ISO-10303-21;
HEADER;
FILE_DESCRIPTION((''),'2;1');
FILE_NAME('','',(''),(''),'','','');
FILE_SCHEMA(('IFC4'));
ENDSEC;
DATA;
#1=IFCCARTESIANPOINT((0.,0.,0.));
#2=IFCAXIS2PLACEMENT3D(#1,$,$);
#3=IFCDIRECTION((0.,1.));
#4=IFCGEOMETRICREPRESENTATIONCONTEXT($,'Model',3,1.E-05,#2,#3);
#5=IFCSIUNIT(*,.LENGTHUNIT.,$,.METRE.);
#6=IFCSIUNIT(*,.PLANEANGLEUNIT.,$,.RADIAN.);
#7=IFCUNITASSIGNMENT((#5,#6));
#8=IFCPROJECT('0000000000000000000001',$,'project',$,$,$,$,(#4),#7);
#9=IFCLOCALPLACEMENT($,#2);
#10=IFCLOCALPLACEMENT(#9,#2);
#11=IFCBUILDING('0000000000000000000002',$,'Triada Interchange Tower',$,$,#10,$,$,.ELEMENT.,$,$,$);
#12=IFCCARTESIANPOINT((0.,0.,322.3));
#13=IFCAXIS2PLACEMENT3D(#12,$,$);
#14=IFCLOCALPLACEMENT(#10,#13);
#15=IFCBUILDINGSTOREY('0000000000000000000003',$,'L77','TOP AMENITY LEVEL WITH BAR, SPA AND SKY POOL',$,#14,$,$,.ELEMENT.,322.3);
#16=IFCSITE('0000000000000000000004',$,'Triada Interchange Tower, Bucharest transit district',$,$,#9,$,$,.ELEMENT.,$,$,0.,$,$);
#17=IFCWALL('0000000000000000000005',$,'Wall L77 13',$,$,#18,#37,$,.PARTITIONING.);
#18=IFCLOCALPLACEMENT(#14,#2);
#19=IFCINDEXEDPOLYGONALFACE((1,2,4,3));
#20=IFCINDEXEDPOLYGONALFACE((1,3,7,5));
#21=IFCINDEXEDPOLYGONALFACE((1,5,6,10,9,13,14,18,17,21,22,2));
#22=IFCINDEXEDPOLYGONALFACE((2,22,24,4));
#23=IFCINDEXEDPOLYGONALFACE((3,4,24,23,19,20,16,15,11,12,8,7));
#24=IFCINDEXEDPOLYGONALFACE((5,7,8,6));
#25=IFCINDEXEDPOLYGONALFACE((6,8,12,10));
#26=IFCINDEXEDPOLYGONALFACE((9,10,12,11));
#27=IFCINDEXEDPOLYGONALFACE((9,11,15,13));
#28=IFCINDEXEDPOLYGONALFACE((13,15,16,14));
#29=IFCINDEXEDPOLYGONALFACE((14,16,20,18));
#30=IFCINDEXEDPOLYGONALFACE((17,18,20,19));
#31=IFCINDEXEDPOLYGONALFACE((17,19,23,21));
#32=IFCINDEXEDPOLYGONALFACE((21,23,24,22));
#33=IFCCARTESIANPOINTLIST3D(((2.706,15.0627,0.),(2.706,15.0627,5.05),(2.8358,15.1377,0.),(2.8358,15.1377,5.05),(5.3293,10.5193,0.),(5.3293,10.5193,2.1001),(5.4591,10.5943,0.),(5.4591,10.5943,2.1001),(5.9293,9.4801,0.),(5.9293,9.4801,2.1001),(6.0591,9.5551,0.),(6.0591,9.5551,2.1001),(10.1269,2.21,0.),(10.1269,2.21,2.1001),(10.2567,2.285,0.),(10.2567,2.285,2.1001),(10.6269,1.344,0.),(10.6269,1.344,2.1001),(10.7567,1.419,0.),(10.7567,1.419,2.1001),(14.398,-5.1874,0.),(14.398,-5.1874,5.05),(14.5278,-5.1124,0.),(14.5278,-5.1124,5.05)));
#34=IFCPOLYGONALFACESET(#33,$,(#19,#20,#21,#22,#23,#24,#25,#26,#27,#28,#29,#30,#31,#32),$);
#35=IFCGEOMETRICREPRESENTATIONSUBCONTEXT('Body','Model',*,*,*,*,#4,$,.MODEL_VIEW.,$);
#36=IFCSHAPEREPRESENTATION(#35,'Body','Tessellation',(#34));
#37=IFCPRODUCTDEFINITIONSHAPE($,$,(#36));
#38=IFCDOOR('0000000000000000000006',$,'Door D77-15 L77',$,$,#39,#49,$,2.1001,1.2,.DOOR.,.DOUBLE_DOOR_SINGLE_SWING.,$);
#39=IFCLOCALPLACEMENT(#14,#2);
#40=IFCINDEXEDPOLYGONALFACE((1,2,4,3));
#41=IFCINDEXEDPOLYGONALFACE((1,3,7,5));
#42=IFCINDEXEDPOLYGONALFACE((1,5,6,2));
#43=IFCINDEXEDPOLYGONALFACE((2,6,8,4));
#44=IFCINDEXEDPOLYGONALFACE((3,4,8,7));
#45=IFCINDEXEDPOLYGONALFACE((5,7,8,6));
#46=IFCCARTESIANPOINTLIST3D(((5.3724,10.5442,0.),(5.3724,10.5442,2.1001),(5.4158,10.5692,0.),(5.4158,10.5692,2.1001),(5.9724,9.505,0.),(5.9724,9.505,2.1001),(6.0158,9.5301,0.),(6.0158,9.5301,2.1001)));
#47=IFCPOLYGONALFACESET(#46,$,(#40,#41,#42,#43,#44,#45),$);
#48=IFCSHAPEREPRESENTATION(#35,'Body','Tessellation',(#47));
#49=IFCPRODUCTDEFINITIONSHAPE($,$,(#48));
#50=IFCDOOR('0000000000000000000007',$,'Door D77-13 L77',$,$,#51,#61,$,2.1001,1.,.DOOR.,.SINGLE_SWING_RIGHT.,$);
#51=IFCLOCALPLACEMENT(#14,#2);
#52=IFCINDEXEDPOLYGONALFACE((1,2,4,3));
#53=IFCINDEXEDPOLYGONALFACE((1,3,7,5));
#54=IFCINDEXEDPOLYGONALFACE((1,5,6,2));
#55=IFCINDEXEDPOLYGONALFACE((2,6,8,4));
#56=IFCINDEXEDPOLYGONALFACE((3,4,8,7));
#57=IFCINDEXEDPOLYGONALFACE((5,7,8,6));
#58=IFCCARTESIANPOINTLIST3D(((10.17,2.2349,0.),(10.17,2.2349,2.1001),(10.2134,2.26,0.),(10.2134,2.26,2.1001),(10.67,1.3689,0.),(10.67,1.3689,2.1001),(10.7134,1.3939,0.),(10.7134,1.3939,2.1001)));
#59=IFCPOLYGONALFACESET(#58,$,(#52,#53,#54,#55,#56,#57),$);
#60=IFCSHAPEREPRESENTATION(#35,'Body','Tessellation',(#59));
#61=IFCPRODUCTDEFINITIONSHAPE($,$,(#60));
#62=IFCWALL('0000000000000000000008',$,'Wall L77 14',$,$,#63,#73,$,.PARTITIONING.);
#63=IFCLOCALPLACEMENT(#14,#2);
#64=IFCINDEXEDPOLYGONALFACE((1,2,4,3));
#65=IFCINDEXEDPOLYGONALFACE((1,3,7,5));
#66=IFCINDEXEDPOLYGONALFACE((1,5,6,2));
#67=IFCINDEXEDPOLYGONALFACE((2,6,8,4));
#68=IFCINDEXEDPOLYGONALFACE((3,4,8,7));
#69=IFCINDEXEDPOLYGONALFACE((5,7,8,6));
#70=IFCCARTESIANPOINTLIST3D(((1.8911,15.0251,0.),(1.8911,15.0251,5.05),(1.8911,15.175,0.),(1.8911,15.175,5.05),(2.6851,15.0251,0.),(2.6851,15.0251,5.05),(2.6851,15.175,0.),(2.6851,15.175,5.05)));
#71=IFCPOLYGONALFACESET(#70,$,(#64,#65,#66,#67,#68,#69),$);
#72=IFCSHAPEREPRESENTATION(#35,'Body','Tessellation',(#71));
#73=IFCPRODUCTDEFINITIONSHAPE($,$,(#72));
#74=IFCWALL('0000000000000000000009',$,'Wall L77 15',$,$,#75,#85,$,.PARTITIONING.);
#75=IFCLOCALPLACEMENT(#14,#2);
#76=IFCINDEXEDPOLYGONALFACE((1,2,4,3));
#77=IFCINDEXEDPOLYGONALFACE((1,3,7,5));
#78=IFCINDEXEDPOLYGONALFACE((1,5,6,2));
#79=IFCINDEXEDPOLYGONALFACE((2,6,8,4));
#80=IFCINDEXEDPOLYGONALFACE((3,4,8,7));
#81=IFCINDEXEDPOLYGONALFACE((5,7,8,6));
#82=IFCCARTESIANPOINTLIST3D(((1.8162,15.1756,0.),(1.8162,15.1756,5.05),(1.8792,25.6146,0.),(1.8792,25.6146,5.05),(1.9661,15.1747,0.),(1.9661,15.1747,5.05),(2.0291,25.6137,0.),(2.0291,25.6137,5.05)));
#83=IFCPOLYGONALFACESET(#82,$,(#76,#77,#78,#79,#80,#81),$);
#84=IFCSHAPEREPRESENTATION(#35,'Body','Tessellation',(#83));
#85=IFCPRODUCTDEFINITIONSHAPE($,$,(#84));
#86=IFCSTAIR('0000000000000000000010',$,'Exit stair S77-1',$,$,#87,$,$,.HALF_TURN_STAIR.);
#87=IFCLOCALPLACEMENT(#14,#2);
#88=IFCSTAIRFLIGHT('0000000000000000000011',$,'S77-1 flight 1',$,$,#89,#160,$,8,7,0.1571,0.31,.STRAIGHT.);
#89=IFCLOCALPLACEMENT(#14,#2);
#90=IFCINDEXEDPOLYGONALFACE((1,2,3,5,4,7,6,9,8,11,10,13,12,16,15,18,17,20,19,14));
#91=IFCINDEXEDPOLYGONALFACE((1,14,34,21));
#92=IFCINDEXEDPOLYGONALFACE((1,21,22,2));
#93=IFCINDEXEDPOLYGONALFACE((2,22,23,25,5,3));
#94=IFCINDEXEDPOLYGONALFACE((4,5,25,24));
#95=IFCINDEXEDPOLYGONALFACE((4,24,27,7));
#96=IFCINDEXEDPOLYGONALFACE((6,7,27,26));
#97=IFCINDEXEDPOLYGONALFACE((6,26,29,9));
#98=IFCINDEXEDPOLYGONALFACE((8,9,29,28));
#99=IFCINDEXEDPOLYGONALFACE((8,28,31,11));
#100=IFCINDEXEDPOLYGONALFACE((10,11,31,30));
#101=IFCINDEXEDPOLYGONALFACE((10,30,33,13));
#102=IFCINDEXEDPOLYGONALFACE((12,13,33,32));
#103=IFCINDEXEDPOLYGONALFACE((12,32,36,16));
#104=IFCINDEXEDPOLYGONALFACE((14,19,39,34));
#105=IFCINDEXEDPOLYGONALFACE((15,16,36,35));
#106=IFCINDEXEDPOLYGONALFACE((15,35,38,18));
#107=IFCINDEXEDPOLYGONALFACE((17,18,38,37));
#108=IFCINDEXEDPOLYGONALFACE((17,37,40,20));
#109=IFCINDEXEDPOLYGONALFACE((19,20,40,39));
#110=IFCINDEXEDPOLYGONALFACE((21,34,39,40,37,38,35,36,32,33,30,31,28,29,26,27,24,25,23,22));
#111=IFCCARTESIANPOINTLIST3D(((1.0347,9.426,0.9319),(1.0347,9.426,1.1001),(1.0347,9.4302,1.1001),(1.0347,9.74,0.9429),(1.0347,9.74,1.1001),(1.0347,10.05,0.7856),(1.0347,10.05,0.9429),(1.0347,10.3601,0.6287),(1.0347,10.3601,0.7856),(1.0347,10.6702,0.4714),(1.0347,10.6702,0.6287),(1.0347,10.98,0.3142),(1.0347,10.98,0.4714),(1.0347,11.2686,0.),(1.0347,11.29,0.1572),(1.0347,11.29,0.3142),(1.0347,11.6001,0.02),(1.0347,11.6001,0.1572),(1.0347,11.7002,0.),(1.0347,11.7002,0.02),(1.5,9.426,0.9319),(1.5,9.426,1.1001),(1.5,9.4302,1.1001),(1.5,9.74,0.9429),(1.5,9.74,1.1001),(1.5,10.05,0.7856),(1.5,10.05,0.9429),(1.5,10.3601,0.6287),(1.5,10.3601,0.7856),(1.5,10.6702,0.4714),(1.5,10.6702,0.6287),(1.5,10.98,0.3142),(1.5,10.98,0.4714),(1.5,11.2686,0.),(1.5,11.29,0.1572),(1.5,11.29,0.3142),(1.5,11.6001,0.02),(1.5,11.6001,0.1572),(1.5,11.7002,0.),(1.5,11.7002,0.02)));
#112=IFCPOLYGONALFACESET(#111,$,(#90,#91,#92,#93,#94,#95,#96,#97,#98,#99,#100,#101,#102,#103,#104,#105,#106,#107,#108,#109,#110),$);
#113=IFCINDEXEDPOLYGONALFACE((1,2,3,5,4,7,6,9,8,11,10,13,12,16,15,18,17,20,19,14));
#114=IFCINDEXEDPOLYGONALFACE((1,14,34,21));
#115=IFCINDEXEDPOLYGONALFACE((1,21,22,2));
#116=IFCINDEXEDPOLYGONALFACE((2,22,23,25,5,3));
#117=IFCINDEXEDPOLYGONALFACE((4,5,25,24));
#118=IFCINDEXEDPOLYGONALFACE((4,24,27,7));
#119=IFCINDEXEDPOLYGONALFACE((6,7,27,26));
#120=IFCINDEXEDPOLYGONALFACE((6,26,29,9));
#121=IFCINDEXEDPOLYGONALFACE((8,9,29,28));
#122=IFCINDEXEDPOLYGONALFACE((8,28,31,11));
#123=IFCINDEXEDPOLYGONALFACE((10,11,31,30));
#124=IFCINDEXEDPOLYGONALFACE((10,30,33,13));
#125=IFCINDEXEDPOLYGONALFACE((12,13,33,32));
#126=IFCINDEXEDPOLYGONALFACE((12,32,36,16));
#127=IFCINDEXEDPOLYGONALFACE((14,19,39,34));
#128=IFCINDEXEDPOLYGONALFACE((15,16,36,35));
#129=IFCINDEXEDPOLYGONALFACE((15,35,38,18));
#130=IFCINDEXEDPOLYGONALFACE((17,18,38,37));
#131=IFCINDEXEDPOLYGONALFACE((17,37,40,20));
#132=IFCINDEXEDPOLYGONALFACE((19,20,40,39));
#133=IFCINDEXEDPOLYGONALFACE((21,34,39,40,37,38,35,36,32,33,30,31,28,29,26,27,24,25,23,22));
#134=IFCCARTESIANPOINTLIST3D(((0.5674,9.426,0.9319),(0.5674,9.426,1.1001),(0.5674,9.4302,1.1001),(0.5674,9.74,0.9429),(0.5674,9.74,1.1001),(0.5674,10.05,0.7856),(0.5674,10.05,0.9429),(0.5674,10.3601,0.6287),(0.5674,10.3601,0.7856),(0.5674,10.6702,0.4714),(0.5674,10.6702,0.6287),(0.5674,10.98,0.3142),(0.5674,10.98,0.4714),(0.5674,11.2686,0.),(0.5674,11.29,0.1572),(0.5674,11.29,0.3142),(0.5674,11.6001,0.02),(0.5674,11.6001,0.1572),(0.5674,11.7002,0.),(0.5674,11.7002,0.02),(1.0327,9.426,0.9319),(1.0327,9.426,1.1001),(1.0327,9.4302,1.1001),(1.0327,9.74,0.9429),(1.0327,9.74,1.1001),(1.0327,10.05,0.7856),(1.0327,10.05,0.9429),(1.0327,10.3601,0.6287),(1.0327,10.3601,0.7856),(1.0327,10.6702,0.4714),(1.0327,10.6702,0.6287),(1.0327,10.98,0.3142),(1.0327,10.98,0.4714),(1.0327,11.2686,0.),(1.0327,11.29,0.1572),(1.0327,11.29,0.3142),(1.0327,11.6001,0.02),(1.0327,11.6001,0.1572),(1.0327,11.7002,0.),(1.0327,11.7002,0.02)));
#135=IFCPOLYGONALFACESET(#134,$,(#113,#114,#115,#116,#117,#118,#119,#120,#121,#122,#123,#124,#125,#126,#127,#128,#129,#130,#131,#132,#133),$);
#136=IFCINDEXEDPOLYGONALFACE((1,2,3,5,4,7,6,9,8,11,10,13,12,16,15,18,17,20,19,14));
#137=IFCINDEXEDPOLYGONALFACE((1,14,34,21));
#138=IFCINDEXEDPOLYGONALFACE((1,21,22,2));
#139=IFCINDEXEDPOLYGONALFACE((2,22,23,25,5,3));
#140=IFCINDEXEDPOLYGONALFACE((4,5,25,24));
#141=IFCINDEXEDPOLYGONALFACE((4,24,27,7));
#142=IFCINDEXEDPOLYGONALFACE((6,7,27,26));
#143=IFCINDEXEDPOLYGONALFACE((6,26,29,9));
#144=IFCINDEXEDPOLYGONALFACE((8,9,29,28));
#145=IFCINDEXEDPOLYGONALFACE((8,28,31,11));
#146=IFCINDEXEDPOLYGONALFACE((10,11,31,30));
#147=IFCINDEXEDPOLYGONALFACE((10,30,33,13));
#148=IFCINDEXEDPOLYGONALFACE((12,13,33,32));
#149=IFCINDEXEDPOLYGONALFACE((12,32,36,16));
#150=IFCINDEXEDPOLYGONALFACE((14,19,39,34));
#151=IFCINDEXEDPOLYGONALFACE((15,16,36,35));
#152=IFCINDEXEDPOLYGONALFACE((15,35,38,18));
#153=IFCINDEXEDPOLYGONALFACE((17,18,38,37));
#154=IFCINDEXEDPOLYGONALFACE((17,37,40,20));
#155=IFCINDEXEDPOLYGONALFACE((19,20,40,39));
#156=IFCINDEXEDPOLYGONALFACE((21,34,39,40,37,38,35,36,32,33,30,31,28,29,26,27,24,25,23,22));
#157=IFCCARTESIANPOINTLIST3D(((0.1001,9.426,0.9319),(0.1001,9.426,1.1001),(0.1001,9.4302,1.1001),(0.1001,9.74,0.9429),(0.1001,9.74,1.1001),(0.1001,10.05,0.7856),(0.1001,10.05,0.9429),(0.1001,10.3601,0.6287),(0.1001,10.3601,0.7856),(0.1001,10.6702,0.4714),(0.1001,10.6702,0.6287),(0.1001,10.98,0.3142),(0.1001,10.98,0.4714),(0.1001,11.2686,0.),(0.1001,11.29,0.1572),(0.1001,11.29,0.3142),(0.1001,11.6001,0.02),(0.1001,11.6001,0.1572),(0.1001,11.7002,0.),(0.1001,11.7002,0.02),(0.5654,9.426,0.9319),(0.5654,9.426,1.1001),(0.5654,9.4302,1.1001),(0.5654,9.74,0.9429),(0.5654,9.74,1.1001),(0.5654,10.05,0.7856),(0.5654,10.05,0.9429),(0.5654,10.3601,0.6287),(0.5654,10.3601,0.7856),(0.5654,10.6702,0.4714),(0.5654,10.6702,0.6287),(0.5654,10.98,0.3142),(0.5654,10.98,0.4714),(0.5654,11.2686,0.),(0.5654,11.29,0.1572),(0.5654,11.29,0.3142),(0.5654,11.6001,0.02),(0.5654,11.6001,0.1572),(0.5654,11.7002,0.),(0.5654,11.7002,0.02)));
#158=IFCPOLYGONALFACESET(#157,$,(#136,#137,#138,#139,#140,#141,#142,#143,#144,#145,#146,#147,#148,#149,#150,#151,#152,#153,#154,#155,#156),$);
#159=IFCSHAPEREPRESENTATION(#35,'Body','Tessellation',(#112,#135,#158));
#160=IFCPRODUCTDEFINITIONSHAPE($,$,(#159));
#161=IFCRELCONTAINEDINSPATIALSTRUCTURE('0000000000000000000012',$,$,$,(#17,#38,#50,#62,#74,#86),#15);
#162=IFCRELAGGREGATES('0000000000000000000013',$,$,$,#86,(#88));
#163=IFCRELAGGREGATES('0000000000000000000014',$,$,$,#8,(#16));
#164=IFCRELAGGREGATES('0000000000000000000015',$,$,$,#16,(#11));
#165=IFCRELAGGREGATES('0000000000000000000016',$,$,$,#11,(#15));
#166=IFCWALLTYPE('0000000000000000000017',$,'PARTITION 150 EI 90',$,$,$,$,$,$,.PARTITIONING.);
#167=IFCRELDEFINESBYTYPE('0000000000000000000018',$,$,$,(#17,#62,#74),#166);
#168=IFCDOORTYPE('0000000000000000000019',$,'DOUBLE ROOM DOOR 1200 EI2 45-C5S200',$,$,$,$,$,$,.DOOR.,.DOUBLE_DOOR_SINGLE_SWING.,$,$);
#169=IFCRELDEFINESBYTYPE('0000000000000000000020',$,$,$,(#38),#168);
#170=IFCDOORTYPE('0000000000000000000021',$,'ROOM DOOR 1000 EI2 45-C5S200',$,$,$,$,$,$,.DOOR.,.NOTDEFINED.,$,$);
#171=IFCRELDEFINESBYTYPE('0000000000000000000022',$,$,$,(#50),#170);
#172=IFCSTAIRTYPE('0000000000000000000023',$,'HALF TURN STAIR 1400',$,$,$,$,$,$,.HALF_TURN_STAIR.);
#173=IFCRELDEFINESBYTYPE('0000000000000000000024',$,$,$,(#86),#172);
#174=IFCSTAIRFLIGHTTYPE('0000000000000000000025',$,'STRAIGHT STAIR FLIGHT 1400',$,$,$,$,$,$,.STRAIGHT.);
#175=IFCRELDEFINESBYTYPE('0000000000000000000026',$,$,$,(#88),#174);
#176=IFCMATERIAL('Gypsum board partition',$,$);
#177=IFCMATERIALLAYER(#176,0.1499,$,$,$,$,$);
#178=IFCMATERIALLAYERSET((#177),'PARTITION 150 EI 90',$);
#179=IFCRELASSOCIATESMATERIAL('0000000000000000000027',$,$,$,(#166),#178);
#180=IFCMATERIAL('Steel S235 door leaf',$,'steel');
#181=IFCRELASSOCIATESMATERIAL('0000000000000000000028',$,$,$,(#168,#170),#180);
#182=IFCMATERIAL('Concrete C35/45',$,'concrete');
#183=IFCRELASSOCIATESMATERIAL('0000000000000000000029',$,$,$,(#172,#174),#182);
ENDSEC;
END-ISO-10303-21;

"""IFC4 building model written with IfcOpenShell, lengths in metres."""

from ifc_helpers import new_model, si_unit, direction, frame, frame_2d, origin, place, context, subcontext, project, spatial, polyline, rectangle, outline, extrude, material, layer, layer_set, type_object, element, fill, aggregate, save


model = new_model("IFC4")

# Units and contexts
model_context = context("Model", 3, precision=1e-05, world=origin(), true_north=direction((0.0, 1.0)))
body_context = subcontext(model_context, "Body", "Model", "MODEL_VIEW")
ifc_project = project(units=[si_unit("LENGTHUNIT", "METRE"), si_unit("PLANEANGLEUNIT", "RADIAN")], contexts=[model_context])

# Site, building, storey
site_placement = place(None, origin())
site = spatial("IfcSite", under=ifc_project, at=site_placement, Name="Triada Interchange Tower, Bucharest transit district", CompositionType="ELEMENT", RefElevation=0.0)
building_placement = place(site_placement, origin())
building = spatial("IfcBuilding", under=site, at=building_placement, Name="Triada Interchange Tower", CompositionType="ELEMENT")
storey_placement = place(building_placement, frame((0.0, 0.0, 322.3)))
storey = spatial("IfcBuildingStorey", under=building, at=storey_placement, Name="L77", Description="TOP AMENITY LEVEL WITH BAR, SPA AND SKY POOL", CompositionType="ELEMENT", Elevation=322.3)

# Shared definitions
ifc_material_1 = material(Name="Concrete C35/45", Category="concrete")

# Shared definitions
ifc_material_2 = material(Name="Steel S235 door leaf", Category="steel")

# Wall, openings, doors
ifc_material_3 = material(Name="Gypsum board partition")
ifc_layer_1 = layer(ifc_material_3, 0.1499)
ifc_layer_set_1 = layer_set([ifc_layer_1], Name="PARTITION 150 EI 90")
wall_type_1 = type_object("IfcWallType", Name="PARTITION 150 EI 90", PredefinedType="PARTITIONING", material=ifc_layer_set_1)
wall_1_placement = place(storey_placement, frame((2.771, 15.1001, 0.0), z_axis=(0.0, 0.0, 1.0), x_axis=(0.500018, -0.866015, 0.0)))
wall_1 = element("IfcWall", 1, at=wall_1_placement, inside=storey, type_object=wall_type_1, Name="Wall L77 13", PredefinedType="PARTITIONING", context=body_context, shape_type="SweptSolid", body=[
    extrude(rectangle(XDim=23.3831, YDim=0.1499, at=frame_2d((11.6914, 0.0))), origin(), (0.0, 0.0, 1.0), 5.05),
])
opening_1_placement = place(wall_1_placement, frame((14.8411, 0.0, 0.0)))
opening_1 = element("IfcOpeningElement", 2, at=opening_1_placement, cuts=wall_1, PredefinedType="OPENING", context=body_context, shape_type="SweptSolid", body=[
    extrude(rectangle(XDim=1.0, YDim=2.1001, at=frame_2d((0.5, 1.05))), frame((0.0, 0.085, 0.0), z_axis=(0.0, -1.0, 0.0), x_axis=(1.0, 0.0, 0.0)), (0.0, 0.0, 1.0), 0.1699),
])
opening_2_placement = place(wall_1_placement, frame((5.2461, 0.0, 0.0)))
opening_2 = element("IfcOpeningElement", 3, at=opening_2_placement, cuts=wall_1, PredefinedType="OPENING", context=body_context, shape_type="SweptSolid", body=[
    extrude(rectangle(XDim=1.2, YDim=2.1001, at=frame_2d((0.6001, 1.05))), frame((0.0, 0.085, 0.0), z_axis=(0.0, -1.0, 0.0), x_axis=(1.0, 0.0, 0.0)), (0.0, 0.0, 1.0), 0.1699),
])
door_type_1 = type_object("IfcDoorType", Name="DOUBLE ROOM DOOR 1200 EI2 45-C5S200", OperationType="DOUBLE_DOOR_SINGLE_SWING", PredefinedType="DOOR", material=ifc_material_2)
door_1_placement = place(opening_2_placement, origin())
door_1 = element("IfcDoor", 4, at=door_1_placement, inside=storey, type_object=door_type_1, Name="Door D77-15 L77", OperationType="DOUBLE_DOOR_SINGLE_SWING", OverallHeight=2.1001, OverallWidth=1.2, PredefinedType="DOOR", context=body_context, shape_type="SweptSolid", body=[
    extrude(rectangle(XDim=1.2, YDim=2.1001, at=frame_2d((0.6001, 1.05))), frame((0.0, 0.0249, 0.0), z_axis=(0.0, -1.0, 0.0), x_axis=(1.0, 0.0, 0.0)), (0.0, 0.0, 1.0), 0.05),
])
fill(opening_2, door_1)
door_type_2 = type_object("IfcDoorType", Name="ROOM DOOR 1000 EI2 45-C5S200", OperationType="NOTDEFINED", PredefinedType="DOOR", material=ifc_material_2)
door_2_placement = place(opening_1_placement, origin())
door_2 = element("IfcDoor", 5, at=door_2_placement, inside=storey, type_object=door_type_2, Name="Door D77-13 L77", OperationType="SINGLE_SWING_RIGHT", OverallHeight=2.1001, OverallWidth=1.0, PredefinedType="DOOR", context=body_context, shape_type="SweptSolid", body=[
    extrude(rectangle(XDim=1.0, YDim=2.1001, at=frame_2d((0.5, 1.05))), frame((0.0, 0.0249, 0.0), z_axis=(0.0, -1.0, 0.0), x_axis=(1.0, 0.0, 0.0)), (0.0, 0.0, 1.0), 0.05),
])
fill(opening_1, door_2)

# Walls
wall_2_placement = place(storey_placement, frame((1.8911, 15.1001, 0.0), z_axis=(0.0, 0.0, 1.0), x_axis=(1.0, 0.0, 0.0)))
element("IfcWall", 6, at=wall_2_placement, inside=storey, type_object=wall_type_1, Name="Wall L77 14", PredefinedType="PARTITIONING", context=body_context, shape_type="SweptSolid", body=[
    extrude(rectangle(XDim=0.7939, YDim=0.1499, at=frame_2d((0.397, 0.0))), origin(), (0.0, 0.0, 1.0), 5.05),
])
wall_3_placement = place(storey_placement, frame((1.8911, 15.175, 0.0), z_axis=(0.0, 0.0, 1.0), x_axis=(0.006034, 0.999982, 0.0)))
element("IfcWall", 7, at=wall_3_placement, inside=storey, type_object=wall_type_1, Name="Wall L77 15", PredefinedType="PARTITIONING", context=body_context, shape_type="SweptSolid", body=[
    extrude(rectangle(XDim=10.4392, YDim=0.1499, at=frame_2d((5.2197, 0.0))), origin(), (0.0, 0.0, 1.0), 5.05),
])

# Stair, stair flight
stair_type = type_object("IfcStairType", Name="HALF TURN STAIR 1400", PredefinedType="HALF_TURN_STAIR", material=ifc_material_1)
stair_placement = place(storey_placement, origin())
stair = element("IfcStair", 8, at=stair_placement, inside=storey, type_object=stair_type, Name="Exit stair S77-1", PredefinedType="HALF_TURN_STAIR")
stair_flight_type = type_object("IfcStairFlightType", Name="STRAIGHT STAIR FLIGHT 1400", PredefinedType="STRAIGHT", material=ifc_material_1)
stair_flight_1_placement = place(storey_placement, frame((0.8, 11.6001, 0.0), z_axis=(0.0, 0.0, 1.0), x_axis=(0.0, -1.0, 0.0)))
stair_flight_1 = element("IfcStairFlight", 9, at=stair_flight_1_placement, type_object=stair_flight_type, Name="S77-1 flight 1", NumberOfRisers=8, NumberOfTreads=7, PredefinedType="STRAIGHT", RiserHeight=0.1571, TreadLength=0.31, context=body_context, shape_type="SweptSolid", body=[
    extrude(outline(polyline([(-0.1001, 0.0), (-0.1001, 0.02), (0.0, 0.02), (0.0, 0.1572), (0.3101, 0.1572), (0.3101, 0.3142), (0.6201, 0.3142), (0.6201, 0.4714), (0.9299, 0.4714), (0.9299, 0.6287), (1.24, 0.6287), (1.24, 0.7856), (1.55, 0.7856), (1.55, 0.9429), (1.8601, 0.9429), (1.8601, 1.1001), (2.1699, 1.1001), (2.1741, 1.1001), (2.1741, 1.2571), (2.1741, 0.9319), (0.3315, 0.0), (-0.1001, 0.0)])), frame((0.0, 0.7, 0.0), z_axis=(0.0, -1.0, 0.0), x_axis=(1.0, 0.0, 0.0)), (0.0, 0.0, 1.0), 0.4653),
    extrude(outline(polyline([(-0.1001, 0.0), (-0.1001, 0.02), (0.0, 0.02), (0.0, 0.1572), (0.3101, 0.1572), (0.3101, 0.3142), (0.6201, 0.3142), (0.6201, 0.4714), (0.9299, 0.4714), (0.9299, 0.6287), (1.24, 0.6287), (1.24, 0.7856), (1.55, 0.7856), (1.55, 0.9429), (1.8601, 0.9429), (1.8601, 1.1001), (2.1699, 1.1001), (2.1741, 1.1001), (2.1741, 1.2571), (2.1741, 0.9319), (0.3315, 0.0), (-0.1001, 0.0)])), frame((0.0, 0.2327, 0.0), z_axis=(0.0, -1.0, 0.0), x_axis=(1.0, 0.0, 0.0)), (0.0, 0.0, 1.0), 0.4653),
    extrude(outline(polyline([(-0.1001, 0.0), (-0.1001, 0.02), (0.0, 0.02), (0.0, 0.1572), (0.3101, 0.1572), (0.3101, 0.3142), (0.6201, 0.3142), (0.6201, 0.4714), (0.9299, 0.4714), (0.9299, 0.6287), (1.24, 0.6287), (1.24, 0.7856), (1.55, 0.7856), (1.55, 0.9429), (1.8601, 0.9429), (1.8601, 1.1001), (2.1699, 1.1001), (2.1741, 1.1001), (2.1741, 1.2571), (2.1741, 0.9319), (0.3315, 0.0), (-0.1001, 0.0)])), frame((0.0, -0.2346, 0.0), z_axis=(0.0, -1.0, 0.0), x_axis=(1.0, 0.0, 0.0)), (0.0, 0.0, 1.0), 0.4653),
])
aggregate(stair, [stair_flight_1])

save(model, "model.ifc")
